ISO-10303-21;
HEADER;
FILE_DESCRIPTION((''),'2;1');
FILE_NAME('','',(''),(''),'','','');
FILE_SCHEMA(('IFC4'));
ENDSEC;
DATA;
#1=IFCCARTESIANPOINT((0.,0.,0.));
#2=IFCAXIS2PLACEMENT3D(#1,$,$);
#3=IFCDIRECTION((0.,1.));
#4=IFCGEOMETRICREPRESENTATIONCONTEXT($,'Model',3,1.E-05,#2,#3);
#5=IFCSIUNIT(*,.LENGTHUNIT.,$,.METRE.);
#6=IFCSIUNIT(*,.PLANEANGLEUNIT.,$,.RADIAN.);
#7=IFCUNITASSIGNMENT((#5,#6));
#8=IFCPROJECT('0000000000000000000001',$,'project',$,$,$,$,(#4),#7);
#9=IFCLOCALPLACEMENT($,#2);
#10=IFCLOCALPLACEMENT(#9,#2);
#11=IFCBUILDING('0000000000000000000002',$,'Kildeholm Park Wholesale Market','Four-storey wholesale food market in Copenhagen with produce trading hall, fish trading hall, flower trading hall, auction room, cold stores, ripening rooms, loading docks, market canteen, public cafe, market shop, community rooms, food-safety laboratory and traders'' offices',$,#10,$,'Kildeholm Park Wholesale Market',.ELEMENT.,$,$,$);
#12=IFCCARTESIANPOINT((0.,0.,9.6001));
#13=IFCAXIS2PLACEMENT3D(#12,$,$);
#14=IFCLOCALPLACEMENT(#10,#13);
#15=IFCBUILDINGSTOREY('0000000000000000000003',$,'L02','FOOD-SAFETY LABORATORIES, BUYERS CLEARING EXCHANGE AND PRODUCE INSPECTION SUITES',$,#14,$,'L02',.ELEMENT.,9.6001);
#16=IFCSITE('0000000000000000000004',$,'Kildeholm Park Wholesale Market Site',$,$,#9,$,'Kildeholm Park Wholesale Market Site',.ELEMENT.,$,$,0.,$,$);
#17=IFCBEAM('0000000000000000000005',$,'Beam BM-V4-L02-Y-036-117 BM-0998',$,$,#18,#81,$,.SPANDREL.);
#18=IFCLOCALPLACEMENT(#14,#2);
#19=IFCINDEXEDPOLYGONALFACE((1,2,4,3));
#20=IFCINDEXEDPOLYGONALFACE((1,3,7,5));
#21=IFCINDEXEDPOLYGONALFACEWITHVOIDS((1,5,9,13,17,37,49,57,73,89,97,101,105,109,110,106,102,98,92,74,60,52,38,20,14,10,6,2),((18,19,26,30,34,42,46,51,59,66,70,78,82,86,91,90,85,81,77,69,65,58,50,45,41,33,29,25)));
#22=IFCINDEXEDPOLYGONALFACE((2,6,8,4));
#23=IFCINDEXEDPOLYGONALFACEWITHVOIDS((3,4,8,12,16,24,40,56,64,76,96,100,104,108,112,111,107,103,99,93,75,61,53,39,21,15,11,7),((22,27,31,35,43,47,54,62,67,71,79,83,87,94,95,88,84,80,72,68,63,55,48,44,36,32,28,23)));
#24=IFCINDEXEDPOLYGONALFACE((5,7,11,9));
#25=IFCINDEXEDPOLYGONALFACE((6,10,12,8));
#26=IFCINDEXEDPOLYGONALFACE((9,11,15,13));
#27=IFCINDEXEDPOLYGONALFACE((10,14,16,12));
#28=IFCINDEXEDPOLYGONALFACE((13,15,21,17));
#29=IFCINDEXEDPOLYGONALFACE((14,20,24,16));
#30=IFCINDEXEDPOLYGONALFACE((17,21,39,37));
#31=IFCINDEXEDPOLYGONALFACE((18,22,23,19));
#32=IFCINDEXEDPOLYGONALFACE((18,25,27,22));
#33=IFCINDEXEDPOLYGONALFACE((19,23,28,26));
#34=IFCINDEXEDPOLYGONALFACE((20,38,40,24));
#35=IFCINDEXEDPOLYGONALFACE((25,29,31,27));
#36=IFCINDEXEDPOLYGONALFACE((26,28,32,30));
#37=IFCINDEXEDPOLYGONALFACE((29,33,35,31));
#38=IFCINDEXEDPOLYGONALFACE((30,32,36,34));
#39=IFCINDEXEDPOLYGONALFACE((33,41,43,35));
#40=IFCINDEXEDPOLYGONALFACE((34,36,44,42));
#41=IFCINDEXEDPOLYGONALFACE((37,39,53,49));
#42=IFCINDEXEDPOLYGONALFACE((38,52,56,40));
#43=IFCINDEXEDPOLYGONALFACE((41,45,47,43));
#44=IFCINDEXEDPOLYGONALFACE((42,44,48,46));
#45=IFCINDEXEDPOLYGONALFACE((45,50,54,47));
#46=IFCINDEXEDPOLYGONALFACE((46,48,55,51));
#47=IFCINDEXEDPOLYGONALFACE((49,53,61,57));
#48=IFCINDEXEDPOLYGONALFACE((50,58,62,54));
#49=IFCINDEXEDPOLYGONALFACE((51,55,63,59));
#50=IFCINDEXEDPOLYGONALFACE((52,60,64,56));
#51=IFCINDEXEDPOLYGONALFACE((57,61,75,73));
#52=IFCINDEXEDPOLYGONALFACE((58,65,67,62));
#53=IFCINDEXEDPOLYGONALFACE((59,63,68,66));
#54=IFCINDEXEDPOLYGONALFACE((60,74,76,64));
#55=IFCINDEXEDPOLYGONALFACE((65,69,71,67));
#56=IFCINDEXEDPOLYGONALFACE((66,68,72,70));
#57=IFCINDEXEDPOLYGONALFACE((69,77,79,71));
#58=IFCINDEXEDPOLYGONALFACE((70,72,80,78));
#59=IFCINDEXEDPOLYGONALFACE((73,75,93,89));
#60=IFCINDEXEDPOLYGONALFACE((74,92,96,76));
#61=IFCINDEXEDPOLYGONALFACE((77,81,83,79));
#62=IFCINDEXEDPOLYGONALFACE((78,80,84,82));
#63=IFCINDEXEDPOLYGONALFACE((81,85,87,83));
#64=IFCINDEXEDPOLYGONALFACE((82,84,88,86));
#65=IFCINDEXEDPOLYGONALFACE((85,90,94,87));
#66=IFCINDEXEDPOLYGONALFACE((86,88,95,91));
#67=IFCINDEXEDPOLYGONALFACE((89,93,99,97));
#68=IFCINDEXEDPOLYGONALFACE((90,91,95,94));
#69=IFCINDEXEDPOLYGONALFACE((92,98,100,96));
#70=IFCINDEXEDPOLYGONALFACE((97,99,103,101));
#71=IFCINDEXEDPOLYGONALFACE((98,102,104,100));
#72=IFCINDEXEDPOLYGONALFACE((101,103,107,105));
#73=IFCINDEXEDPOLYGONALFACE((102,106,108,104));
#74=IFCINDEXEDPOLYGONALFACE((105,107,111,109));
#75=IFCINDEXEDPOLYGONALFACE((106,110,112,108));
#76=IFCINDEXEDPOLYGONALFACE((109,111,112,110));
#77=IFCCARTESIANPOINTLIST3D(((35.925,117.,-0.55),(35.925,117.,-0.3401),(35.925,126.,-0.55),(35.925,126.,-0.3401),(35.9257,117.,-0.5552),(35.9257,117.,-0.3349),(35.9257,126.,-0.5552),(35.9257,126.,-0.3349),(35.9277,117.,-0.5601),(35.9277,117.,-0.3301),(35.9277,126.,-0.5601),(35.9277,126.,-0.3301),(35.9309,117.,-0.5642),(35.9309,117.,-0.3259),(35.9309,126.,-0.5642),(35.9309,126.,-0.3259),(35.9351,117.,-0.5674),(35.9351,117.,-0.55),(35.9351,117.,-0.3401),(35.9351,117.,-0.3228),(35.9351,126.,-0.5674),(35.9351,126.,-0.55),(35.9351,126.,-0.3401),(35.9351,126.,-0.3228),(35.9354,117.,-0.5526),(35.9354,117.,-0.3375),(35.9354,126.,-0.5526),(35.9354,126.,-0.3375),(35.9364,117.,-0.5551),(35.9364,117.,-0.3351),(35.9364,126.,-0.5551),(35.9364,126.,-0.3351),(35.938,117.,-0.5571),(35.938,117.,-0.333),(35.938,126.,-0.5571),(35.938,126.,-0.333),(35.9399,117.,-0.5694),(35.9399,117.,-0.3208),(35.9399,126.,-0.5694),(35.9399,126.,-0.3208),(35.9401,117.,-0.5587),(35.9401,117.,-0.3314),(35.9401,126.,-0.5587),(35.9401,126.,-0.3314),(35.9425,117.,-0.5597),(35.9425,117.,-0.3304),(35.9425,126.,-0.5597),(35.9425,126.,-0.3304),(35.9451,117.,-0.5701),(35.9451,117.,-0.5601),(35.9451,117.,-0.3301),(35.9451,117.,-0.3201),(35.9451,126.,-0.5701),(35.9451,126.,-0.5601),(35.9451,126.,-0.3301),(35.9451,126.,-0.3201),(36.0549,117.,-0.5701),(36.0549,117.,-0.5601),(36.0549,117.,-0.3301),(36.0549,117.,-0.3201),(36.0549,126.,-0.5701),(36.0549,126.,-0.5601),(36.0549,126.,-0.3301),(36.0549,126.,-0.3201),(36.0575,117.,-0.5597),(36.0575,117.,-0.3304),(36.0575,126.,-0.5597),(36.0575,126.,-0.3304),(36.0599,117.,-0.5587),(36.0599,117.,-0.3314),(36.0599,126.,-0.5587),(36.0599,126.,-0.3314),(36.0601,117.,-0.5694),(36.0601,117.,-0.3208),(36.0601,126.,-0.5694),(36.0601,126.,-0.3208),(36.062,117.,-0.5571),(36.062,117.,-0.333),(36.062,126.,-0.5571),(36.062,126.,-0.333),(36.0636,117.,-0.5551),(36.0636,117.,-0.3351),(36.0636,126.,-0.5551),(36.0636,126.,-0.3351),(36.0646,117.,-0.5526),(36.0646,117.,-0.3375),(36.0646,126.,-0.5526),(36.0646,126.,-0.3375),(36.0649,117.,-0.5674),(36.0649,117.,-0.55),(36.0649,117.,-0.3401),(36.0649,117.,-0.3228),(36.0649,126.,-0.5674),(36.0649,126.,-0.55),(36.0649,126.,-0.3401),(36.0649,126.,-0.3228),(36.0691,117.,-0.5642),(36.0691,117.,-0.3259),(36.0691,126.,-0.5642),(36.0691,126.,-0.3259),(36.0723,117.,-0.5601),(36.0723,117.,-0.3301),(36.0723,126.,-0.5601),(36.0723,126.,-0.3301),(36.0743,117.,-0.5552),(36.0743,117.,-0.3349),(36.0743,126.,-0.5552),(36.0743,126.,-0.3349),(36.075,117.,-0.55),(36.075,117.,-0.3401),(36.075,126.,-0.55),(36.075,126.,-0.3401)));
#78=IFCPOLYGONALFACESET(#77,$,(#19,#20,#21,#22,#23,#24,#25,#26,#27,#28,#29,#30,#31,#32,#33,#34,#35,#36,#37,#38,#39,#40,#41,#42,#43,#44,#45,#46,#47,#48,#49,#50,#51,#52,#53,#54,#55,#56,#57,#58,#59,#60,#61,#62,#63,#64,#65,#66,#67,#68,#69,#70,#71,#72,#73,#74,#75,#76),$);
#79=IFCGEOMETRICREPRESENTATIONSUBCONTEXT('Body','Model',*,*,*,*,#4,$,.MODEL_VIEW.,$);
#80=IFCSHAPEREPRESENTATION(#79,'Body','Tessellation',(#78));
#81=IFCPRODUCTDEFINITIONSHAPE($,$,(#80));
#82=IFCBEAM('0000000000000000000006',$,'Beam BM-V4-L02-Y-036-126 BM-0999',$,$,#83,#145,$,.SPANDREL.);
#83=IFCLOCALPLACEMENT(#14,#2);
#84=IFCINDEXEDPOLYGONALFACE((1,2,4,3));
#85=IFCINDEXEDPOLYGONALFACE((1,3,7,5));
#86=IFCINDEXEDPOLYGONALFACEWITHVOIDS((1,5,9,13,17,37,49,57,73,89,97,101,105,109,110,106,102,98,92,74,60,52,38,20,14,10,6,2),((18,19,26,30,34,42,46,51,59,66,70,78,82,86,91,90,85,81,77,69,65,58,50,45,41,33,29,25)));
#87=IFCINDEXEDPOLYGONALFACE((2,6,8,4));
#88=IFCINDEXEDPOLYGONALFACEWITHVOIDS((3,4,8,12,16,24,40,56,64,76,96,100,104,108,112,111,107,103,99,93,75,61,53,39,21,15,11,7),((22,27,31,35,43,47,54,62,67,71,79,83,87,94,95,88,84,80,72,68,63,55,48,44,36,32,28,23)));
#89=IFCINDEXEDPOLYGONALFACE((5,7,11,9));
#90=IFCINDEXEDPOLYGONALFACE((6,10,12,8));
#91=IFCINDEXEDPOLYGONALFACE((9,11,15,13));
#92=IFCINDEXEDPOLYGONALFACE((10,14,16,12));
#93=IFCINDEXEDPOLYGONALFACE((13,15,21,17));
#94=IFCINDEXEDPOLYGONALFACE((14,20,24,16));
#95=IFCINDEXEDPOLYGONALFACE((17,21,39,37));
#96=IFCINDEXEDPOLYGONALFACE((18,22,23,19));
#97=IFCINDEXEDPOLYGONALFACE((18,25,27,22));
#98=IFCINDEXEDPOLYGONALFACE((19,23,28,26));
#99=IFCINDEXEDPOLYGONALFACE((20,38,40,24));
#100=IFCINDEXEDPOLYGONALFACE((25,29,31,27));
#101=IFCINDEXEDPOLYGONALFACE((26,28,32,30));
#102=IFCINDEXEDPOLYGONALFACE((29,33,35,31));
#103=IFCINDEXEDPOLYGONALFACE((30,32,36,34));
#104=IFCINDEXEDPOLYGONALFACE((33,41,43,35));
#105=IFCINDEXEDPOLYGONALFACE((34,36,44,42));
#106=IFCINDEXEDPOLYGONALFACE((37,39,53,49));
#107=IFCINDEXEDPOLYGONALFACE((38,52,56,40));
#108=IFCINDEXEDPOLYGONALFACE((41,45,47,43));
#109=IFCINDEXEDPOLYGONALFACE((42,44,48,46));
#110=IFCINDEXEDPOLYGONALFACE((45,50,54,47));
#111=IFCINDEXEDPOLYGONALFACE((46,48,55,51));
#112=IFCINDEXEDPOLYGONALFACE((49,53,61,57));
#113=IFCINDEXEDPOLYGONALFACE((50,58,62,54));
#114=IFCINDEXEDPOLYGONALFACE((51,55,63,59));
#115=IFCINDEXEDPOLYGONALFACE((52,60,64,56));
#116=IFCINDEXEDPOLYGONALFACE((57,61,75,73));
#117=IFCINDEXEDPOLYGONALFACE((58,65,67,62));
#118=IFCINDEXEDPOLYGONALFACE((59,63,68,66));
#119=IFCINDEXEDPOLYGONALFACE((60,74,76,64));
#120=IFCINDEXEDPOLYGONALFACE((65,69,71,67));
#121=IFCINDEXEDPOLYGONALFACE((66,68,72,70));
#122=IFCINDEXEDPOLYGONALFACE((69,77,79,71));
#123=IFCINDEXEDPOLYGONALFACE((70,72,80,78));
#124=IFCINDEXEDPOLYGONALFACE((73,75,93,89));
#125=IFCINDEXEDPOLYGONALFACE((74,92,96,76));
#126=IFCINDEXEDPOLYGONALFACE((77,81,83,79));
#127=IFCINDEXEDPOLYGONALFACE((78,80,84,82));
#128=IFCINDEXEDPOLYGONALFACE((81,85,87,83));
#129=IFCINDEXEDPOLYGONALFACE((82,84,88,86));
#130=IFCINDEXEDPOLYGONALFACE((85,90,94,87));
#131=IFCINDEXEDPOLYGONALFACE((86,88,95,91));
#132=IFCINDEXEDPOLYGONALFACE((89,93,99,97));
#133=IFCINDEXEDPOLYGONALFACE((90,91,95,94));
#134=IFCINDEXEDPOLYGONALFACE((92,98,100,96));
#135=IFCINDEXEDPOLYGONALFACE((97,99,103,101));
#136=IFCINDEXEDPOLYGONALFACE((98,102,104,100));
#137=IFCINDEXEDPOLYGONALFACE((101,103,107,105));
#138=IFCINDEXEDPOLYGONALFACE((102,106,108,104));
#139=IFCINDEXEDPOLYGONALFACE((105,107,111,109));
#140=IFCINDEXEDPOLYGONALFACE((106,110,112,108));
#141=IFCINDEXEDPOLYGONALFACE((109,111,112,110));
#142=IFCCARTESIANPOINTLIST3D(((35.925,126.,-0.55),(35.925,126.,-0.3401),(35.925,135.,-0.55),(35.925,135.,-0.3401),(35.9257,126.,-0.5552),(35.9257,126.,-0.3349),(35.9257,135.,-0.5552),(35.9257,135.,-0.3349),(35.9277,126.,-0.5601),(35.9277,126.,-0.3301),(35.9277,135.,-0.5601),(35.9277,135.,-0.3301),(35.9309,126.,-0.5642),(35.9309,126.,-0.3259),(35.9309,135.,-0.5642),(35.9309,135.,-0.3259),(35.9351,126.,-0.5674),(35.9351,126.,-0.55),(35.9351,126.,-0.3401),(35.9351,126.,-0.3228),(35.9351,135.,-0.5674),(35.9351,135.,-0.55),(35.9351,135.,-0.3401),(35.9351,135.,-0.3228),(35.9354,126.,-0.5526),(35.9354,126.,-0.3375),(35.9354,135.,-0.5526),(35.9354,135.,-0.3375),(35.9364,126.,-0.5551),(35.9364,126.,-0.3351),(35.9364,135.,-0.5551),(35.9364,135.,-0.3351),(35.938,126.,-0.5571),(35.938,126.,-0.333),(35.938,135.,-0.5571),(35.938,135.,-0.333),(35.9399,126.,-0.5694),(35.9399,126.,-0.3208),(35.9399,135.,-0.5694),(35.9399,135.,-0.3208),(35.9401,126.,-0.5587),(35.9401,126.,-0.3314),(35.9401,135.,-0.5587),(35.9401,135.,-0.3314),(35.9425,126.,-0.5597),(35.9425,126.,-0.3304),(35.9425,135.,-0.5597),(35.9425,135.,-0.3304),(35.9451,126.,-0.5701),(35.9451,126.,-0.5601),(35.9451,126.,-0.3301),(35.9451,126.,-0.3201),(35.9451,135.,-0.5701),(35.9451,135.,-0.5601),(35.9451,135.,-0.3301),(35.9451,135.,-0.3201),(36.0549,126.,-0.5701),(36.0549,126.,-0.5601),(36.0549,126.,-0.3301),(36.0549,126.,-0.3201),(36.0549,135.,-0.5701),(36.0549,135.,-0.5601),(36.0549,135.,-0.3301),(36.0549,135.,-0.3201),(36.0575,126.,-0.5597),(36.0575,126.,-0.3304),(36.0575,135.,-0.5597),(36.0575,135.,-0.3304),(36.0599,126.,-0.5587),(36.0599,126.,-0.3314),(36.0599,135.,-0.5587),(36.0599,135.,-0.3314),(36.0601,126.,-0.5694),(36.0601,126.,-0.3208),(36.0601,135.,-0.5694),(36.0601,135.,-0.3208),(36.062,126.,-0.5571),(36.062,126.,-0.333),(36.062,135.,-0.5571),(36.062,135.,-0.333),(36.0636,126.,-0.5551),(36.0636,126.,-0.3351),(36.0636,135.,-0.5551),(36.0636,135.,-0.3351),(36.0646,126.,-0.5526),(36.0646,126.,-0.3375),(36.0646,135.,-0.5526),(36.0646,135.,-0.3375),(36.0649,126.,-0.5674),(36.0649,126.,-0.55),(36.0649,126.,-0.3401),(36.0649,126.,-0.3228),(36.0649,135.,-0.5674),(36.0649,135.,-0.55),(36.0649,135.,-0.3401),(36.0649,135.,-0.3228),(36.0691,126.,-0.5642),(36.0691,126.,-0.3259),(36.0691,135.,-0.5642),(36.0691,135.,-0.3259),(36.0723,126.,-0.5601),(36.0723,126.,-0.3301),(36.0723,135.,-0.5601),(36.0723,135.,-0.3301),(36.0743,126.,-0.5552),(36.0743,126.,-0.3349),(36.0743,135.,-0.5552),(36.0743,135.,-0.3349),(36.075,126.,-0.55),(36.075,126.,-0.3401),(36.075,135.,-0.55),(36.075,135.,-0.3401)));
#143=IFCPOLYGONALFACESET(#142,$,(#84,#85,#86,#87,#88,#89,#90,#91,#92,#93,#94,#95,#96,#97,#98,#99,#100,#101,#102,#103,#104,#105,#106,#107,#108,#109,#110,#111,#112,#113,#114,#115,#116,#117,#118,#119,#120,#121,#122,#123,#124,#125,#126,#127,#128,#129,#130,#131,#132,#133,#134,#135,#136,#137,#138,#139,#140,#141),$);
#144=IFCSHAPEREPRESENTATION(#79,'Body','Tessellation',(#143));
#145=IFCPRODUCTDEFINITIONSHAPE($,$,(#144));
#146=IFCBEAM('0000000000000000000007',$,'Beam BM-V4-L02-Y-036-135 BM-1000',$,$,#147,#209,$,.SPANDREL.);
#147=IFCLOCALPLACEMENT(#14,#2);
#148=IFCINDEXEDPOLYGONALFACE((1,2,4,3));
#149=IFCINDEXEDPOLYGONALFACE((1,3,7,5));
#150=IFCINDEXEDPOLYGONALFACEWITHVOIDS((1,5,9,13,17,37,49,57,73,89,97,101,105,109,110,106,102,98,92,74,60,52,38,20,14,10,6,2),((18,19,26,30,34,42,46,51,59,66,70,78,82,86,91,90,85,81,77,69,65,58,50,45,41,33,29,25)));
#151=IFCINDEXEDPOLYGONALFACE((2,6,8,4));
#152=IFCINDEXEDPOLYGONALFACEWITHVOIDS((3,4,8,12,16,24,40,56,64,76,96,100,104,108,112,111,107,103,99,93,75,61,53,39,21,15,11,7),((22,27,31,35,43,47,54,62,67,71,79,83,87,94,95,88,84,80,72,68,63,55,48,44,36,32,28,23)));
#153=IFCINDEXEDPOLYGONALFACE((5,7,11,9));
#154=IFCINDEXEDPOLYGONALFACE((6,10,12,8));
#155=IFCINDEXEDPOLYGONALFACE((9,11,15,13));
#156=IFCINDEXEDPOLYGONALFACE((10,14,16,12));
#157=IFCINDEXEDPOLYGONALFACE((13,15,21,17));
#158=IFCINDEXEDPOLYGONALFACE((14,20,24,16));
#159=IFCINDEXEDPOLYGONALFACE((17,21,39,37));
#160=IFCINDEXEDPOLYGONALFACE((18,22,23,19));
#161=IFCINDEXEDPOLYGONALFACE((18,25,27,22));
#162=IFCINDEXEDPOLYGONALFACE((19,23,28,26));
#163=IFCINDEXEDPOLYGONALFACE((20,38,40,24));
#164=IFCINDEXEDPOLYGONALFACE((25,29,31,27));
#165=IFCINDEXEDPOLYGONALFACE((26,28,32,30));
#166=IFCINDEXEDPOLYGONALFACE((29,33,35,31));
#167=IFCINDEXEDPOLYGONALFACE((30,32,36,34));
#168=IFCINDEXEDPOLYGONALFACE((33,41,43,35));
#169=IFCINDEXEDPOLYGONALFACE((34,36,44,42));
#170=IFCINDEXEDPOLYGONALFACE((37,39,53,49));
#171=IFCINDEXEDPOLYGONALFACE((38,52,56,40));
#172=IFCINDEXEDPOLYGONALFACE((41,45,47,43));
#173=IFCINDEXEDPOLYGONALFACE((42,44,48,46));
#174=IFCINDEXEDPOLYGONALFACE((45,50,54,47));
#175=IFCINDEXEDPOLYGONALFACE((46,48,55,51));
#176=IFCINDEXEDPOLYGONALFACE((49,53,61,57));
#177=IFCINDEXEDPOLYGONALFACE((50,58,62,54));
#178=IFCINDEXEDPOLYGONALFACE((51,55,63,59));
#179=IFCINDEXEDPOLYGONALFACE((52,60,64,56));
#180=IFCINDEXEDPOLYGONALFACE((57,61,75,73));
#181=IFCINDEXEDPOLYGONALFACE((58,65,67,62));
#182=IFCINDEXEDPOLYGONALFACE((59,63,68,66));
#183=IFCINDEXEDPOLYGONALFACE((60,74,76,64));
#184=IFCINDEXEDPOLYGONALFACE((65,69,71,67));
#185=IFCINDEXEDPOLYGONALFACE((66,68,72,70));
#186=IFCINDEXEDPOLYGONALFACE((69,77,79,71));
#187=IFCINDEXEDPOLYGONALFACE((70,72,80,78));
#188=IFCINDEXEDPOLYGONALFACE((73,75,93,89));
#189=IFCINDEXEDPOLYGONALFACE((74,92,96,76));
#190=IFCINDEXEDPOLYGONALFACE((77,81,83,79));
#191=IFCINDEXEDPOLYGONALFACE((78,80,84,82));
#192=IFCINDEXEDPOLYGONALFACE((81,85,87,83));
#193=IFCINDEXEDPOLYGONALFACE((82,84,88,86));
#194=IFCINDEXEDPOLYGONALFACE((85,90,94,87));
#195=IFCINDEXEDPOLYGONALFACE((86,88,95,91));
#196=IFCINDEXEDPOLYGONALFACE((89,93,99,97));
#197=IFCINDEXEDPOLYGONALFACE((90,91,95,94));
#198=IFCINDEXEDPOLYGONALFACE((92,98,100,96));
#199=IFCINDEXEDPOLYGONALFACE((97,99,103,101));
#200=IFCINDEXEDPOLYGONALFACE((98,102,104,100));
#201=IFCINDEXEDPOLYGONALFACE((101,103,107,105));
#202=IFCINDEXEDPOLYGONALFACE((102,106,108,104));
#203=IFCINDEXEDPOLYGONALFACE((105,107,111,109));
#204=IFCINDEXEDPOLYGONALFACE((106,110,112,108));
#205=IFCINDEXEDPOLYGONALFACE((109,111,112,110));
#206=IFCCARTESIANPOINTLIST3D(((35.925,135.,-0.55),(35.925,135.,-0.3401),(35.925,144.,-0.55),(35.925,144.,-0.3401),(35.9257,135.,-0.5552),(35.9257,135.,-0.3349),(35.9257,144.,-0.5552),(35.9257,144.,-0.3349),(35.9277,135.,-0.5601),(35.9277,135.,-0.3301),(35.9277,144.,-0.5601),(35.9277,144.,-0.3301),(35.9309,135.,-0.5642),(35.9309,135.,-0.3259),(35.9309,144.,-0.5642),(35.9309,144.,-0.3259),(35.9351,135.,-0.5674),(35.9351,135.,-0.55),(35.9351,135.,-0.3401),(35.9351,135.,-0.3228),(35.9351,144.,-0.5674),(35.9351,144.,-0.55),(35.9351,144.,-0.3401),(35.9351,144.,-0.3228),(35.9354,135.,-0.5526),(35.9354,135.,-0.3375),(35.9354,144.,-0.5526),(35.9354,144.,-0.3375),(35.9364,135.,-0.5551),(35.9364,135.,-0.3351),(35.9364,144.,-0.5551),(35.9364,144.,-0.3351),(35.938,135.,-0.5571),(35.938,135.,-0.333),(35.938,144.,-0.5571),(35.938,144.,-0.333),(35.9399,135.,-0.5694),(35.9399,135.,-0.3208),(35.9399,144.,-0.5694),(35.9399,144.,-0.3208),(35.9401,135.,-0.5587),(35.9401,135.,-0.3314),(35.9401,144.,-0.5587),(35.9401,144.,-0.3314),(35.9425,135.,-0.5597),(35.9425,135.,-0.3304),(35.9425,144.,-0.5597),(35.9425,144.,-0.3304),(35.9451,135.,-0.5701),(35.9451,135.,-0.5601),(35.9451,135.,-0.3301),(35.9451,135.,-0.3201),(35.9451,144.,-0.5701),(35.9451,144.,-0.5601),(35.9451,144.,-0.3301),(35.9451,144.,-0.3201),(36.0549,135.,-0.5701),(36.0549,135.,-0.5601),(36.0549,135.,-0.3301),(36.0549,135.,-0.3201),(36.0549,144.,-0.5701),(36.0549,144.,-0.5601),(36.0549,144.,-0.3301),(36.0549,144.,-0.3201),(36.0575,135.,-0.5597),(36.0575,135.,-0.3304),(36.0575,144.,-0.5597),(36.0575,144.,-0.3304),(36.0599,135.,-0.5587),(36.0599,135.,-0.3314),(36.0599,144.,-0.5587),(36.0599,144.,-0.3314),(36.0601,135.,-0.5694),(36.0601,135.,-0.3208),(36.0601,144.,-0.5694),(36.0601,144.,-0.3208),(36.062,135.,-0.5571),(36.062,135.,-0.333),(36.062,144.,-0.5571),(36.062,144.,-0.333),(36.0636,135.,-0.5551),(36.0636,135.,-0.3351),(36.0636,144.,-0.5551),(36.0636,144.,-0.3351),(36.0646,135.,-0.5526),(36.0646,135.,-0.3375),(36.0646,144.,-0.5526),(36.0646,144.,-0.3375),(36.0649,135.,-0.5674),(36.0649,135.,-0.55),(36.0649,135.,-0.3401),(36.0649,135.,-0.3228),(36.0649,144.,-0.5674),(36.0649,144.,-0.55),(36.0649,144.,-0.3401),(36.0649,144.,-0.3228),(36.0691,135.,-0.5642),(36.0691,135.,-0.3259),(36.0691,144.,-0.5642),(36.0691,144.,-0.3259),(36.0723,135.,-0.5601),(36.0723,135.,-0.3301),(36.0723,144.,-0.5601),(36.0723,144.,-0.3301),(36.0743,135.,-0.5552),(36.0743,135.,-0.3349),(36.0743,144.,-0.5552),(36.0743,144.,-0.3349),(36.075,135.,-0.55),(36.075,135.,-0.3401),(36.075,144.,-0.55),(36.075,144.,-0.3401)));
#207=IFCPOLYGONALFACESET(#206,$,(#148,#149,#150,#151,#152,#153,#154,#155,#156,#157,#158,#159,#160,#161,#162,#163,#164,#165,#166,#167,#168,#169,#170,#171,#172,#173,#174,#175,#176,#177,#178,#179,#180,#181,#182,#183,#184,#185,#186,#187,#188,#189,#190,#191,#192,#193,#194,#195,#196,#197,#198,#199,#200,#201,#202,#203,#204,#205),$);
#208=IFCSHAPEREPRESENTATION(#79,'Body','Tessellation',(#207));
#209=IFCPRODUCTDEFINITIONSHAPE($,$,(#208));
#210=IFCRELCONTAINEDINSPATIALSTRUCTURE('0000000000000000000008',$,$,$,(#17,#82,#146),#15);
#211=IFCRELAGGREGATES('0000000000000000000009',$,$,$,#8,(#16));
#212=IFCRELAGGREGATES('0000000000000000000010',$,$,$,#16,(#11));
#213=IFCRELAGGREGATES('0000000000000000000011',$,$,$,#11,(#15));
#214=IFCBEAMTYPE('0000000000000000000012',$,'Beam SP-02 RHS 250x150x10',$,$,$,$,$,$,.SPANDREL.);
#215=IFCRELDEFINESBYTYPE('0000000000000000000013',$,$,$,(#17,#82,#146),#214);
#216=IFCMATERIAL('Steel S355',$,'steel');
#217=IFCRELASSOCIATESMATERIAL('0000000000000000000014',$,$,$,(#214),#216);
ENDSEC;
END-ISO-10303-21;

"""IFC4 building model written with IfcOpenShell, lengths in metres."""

from ifc_helpers import new_model, si_unit, direction, frame, origin, origin_2d, place, context, subcontext, project, spatial, hollow_rectangle, extrude, material, material_profile, profile_set, type_object, element, save


model = new_model("IFC4")

# Units and contexts
model_context = context("Model", 3, precision=1e-05, world=origin(), true_north=direction((0.0, 1.0)))
body_context = subcontext(model_context, "Body", "Model", "MODEL_VIEW")
ifc_project = project(units=[si_unit("LENGTHUNIT", "METRE"), si_unit("PLANEANGLEUNIT", "RADIAN")], contexts=[model_context])

# Site, building, storey
site_placement = place(None, origin())
site = spatial("IfcSite", under=ifc_project, at=site_placement, Name="Kildeholm Park Wholesale Market Site", LongName="Kildeholm Park Wholesale Market Site", CompositionType="ELEMENT", RefElevation=0.0)
building_placement = place(site_placement, origin())
building = spatial("IfcBuilding", under=site, at=building_placement, Name="Kildeholm Park Wholesale Market", Description="Four-storey wholesale food market in Copenhagen with produce trading hall, fish trading hall, flower trading hall, auction room, cold stores, ripening rooms, loading docks, market canteen, public cafe, market shop, community rooms, food-safety laboratory and traders' offices", LongName="Kildeholm Park Wholesale Market", CompositionType="ELEMENT")
storey_placement = place(building_placement, frame((0.0, 0.0, 9.6001)))
storey = spatial("IfcBuildingStorey", under=building, at=storey_placement, Name="L02", Description="FOOD-SAFETY LABORATORIES, BUYERS CLEARING EXCHANGE AND PRODUCE INSPECTION SUITES", LongName="L02", CompositionType="ELEMENT", Elevation=9.6001)

# Beams
ifc_material_1 = material(Name="Steel S355", Category="steel")
ifc_material_profile_1 = material_profile(ifc_material_1, hollow_rectangle(XDim=0.1499, YDim=0.25, WallThickness=0.01, InnerFilletRadius=0.01, OuterFilletRadius=0.02, at=origin_2d()), Name="RHS 250x150x10")
ifc_profile_set_1 = profile_set([ifc_material_profile_1], Name="Steel S355")
beam_type_1 = type_object("IfcBeamType", Name="Beam SP-02 RHS 250x150x10", PredefinedType="SPANDREL", material=ifc_profile_set_1)
for number, where, z_axis, x_axis, name in (
    (1, (36.0, 117.0, -0.4451), (0.0, 1.0, 0.0), (-1.0, 0.0, 0.0), "Beam BM-V4-L02-Y-036-117 BM-0998"),
    (2, (36.0, 126.0, -0.4451), (0.0, 1.0, 0.0), (-1.0, 0.0, 0.0), "Beam BM-V4-L02-Y-036-126 BM-0999"),
    (3, (36.0, 135.0, -0.4451), (0.0, 1.0, 0.0), (-1.0, 0.0, 0.0), "Beam BM-V4-L02-Y-036-135 BM-1000"),
):
    element("IfcBeam", number, at=place(storey_placement, frame(where, z_axis=z_axis, x_axis=x_axis)), inside=storey, type_object=beam_type_1, Name=name, PredefinedType="SPANDREL", context=body_context, shape_type="SweptSolid", body=[
        extrude(hollow_rectangle(XDim=0.1499, YDim=0.25, WallThickness=0.01, InnerFilletRadius=0.01, OuterFilletRadius=0.02, at=origin_2d()), origin(), (0.0, 0.0, 1.0), 9.0),
    ])

save(model, "model.ifc")
